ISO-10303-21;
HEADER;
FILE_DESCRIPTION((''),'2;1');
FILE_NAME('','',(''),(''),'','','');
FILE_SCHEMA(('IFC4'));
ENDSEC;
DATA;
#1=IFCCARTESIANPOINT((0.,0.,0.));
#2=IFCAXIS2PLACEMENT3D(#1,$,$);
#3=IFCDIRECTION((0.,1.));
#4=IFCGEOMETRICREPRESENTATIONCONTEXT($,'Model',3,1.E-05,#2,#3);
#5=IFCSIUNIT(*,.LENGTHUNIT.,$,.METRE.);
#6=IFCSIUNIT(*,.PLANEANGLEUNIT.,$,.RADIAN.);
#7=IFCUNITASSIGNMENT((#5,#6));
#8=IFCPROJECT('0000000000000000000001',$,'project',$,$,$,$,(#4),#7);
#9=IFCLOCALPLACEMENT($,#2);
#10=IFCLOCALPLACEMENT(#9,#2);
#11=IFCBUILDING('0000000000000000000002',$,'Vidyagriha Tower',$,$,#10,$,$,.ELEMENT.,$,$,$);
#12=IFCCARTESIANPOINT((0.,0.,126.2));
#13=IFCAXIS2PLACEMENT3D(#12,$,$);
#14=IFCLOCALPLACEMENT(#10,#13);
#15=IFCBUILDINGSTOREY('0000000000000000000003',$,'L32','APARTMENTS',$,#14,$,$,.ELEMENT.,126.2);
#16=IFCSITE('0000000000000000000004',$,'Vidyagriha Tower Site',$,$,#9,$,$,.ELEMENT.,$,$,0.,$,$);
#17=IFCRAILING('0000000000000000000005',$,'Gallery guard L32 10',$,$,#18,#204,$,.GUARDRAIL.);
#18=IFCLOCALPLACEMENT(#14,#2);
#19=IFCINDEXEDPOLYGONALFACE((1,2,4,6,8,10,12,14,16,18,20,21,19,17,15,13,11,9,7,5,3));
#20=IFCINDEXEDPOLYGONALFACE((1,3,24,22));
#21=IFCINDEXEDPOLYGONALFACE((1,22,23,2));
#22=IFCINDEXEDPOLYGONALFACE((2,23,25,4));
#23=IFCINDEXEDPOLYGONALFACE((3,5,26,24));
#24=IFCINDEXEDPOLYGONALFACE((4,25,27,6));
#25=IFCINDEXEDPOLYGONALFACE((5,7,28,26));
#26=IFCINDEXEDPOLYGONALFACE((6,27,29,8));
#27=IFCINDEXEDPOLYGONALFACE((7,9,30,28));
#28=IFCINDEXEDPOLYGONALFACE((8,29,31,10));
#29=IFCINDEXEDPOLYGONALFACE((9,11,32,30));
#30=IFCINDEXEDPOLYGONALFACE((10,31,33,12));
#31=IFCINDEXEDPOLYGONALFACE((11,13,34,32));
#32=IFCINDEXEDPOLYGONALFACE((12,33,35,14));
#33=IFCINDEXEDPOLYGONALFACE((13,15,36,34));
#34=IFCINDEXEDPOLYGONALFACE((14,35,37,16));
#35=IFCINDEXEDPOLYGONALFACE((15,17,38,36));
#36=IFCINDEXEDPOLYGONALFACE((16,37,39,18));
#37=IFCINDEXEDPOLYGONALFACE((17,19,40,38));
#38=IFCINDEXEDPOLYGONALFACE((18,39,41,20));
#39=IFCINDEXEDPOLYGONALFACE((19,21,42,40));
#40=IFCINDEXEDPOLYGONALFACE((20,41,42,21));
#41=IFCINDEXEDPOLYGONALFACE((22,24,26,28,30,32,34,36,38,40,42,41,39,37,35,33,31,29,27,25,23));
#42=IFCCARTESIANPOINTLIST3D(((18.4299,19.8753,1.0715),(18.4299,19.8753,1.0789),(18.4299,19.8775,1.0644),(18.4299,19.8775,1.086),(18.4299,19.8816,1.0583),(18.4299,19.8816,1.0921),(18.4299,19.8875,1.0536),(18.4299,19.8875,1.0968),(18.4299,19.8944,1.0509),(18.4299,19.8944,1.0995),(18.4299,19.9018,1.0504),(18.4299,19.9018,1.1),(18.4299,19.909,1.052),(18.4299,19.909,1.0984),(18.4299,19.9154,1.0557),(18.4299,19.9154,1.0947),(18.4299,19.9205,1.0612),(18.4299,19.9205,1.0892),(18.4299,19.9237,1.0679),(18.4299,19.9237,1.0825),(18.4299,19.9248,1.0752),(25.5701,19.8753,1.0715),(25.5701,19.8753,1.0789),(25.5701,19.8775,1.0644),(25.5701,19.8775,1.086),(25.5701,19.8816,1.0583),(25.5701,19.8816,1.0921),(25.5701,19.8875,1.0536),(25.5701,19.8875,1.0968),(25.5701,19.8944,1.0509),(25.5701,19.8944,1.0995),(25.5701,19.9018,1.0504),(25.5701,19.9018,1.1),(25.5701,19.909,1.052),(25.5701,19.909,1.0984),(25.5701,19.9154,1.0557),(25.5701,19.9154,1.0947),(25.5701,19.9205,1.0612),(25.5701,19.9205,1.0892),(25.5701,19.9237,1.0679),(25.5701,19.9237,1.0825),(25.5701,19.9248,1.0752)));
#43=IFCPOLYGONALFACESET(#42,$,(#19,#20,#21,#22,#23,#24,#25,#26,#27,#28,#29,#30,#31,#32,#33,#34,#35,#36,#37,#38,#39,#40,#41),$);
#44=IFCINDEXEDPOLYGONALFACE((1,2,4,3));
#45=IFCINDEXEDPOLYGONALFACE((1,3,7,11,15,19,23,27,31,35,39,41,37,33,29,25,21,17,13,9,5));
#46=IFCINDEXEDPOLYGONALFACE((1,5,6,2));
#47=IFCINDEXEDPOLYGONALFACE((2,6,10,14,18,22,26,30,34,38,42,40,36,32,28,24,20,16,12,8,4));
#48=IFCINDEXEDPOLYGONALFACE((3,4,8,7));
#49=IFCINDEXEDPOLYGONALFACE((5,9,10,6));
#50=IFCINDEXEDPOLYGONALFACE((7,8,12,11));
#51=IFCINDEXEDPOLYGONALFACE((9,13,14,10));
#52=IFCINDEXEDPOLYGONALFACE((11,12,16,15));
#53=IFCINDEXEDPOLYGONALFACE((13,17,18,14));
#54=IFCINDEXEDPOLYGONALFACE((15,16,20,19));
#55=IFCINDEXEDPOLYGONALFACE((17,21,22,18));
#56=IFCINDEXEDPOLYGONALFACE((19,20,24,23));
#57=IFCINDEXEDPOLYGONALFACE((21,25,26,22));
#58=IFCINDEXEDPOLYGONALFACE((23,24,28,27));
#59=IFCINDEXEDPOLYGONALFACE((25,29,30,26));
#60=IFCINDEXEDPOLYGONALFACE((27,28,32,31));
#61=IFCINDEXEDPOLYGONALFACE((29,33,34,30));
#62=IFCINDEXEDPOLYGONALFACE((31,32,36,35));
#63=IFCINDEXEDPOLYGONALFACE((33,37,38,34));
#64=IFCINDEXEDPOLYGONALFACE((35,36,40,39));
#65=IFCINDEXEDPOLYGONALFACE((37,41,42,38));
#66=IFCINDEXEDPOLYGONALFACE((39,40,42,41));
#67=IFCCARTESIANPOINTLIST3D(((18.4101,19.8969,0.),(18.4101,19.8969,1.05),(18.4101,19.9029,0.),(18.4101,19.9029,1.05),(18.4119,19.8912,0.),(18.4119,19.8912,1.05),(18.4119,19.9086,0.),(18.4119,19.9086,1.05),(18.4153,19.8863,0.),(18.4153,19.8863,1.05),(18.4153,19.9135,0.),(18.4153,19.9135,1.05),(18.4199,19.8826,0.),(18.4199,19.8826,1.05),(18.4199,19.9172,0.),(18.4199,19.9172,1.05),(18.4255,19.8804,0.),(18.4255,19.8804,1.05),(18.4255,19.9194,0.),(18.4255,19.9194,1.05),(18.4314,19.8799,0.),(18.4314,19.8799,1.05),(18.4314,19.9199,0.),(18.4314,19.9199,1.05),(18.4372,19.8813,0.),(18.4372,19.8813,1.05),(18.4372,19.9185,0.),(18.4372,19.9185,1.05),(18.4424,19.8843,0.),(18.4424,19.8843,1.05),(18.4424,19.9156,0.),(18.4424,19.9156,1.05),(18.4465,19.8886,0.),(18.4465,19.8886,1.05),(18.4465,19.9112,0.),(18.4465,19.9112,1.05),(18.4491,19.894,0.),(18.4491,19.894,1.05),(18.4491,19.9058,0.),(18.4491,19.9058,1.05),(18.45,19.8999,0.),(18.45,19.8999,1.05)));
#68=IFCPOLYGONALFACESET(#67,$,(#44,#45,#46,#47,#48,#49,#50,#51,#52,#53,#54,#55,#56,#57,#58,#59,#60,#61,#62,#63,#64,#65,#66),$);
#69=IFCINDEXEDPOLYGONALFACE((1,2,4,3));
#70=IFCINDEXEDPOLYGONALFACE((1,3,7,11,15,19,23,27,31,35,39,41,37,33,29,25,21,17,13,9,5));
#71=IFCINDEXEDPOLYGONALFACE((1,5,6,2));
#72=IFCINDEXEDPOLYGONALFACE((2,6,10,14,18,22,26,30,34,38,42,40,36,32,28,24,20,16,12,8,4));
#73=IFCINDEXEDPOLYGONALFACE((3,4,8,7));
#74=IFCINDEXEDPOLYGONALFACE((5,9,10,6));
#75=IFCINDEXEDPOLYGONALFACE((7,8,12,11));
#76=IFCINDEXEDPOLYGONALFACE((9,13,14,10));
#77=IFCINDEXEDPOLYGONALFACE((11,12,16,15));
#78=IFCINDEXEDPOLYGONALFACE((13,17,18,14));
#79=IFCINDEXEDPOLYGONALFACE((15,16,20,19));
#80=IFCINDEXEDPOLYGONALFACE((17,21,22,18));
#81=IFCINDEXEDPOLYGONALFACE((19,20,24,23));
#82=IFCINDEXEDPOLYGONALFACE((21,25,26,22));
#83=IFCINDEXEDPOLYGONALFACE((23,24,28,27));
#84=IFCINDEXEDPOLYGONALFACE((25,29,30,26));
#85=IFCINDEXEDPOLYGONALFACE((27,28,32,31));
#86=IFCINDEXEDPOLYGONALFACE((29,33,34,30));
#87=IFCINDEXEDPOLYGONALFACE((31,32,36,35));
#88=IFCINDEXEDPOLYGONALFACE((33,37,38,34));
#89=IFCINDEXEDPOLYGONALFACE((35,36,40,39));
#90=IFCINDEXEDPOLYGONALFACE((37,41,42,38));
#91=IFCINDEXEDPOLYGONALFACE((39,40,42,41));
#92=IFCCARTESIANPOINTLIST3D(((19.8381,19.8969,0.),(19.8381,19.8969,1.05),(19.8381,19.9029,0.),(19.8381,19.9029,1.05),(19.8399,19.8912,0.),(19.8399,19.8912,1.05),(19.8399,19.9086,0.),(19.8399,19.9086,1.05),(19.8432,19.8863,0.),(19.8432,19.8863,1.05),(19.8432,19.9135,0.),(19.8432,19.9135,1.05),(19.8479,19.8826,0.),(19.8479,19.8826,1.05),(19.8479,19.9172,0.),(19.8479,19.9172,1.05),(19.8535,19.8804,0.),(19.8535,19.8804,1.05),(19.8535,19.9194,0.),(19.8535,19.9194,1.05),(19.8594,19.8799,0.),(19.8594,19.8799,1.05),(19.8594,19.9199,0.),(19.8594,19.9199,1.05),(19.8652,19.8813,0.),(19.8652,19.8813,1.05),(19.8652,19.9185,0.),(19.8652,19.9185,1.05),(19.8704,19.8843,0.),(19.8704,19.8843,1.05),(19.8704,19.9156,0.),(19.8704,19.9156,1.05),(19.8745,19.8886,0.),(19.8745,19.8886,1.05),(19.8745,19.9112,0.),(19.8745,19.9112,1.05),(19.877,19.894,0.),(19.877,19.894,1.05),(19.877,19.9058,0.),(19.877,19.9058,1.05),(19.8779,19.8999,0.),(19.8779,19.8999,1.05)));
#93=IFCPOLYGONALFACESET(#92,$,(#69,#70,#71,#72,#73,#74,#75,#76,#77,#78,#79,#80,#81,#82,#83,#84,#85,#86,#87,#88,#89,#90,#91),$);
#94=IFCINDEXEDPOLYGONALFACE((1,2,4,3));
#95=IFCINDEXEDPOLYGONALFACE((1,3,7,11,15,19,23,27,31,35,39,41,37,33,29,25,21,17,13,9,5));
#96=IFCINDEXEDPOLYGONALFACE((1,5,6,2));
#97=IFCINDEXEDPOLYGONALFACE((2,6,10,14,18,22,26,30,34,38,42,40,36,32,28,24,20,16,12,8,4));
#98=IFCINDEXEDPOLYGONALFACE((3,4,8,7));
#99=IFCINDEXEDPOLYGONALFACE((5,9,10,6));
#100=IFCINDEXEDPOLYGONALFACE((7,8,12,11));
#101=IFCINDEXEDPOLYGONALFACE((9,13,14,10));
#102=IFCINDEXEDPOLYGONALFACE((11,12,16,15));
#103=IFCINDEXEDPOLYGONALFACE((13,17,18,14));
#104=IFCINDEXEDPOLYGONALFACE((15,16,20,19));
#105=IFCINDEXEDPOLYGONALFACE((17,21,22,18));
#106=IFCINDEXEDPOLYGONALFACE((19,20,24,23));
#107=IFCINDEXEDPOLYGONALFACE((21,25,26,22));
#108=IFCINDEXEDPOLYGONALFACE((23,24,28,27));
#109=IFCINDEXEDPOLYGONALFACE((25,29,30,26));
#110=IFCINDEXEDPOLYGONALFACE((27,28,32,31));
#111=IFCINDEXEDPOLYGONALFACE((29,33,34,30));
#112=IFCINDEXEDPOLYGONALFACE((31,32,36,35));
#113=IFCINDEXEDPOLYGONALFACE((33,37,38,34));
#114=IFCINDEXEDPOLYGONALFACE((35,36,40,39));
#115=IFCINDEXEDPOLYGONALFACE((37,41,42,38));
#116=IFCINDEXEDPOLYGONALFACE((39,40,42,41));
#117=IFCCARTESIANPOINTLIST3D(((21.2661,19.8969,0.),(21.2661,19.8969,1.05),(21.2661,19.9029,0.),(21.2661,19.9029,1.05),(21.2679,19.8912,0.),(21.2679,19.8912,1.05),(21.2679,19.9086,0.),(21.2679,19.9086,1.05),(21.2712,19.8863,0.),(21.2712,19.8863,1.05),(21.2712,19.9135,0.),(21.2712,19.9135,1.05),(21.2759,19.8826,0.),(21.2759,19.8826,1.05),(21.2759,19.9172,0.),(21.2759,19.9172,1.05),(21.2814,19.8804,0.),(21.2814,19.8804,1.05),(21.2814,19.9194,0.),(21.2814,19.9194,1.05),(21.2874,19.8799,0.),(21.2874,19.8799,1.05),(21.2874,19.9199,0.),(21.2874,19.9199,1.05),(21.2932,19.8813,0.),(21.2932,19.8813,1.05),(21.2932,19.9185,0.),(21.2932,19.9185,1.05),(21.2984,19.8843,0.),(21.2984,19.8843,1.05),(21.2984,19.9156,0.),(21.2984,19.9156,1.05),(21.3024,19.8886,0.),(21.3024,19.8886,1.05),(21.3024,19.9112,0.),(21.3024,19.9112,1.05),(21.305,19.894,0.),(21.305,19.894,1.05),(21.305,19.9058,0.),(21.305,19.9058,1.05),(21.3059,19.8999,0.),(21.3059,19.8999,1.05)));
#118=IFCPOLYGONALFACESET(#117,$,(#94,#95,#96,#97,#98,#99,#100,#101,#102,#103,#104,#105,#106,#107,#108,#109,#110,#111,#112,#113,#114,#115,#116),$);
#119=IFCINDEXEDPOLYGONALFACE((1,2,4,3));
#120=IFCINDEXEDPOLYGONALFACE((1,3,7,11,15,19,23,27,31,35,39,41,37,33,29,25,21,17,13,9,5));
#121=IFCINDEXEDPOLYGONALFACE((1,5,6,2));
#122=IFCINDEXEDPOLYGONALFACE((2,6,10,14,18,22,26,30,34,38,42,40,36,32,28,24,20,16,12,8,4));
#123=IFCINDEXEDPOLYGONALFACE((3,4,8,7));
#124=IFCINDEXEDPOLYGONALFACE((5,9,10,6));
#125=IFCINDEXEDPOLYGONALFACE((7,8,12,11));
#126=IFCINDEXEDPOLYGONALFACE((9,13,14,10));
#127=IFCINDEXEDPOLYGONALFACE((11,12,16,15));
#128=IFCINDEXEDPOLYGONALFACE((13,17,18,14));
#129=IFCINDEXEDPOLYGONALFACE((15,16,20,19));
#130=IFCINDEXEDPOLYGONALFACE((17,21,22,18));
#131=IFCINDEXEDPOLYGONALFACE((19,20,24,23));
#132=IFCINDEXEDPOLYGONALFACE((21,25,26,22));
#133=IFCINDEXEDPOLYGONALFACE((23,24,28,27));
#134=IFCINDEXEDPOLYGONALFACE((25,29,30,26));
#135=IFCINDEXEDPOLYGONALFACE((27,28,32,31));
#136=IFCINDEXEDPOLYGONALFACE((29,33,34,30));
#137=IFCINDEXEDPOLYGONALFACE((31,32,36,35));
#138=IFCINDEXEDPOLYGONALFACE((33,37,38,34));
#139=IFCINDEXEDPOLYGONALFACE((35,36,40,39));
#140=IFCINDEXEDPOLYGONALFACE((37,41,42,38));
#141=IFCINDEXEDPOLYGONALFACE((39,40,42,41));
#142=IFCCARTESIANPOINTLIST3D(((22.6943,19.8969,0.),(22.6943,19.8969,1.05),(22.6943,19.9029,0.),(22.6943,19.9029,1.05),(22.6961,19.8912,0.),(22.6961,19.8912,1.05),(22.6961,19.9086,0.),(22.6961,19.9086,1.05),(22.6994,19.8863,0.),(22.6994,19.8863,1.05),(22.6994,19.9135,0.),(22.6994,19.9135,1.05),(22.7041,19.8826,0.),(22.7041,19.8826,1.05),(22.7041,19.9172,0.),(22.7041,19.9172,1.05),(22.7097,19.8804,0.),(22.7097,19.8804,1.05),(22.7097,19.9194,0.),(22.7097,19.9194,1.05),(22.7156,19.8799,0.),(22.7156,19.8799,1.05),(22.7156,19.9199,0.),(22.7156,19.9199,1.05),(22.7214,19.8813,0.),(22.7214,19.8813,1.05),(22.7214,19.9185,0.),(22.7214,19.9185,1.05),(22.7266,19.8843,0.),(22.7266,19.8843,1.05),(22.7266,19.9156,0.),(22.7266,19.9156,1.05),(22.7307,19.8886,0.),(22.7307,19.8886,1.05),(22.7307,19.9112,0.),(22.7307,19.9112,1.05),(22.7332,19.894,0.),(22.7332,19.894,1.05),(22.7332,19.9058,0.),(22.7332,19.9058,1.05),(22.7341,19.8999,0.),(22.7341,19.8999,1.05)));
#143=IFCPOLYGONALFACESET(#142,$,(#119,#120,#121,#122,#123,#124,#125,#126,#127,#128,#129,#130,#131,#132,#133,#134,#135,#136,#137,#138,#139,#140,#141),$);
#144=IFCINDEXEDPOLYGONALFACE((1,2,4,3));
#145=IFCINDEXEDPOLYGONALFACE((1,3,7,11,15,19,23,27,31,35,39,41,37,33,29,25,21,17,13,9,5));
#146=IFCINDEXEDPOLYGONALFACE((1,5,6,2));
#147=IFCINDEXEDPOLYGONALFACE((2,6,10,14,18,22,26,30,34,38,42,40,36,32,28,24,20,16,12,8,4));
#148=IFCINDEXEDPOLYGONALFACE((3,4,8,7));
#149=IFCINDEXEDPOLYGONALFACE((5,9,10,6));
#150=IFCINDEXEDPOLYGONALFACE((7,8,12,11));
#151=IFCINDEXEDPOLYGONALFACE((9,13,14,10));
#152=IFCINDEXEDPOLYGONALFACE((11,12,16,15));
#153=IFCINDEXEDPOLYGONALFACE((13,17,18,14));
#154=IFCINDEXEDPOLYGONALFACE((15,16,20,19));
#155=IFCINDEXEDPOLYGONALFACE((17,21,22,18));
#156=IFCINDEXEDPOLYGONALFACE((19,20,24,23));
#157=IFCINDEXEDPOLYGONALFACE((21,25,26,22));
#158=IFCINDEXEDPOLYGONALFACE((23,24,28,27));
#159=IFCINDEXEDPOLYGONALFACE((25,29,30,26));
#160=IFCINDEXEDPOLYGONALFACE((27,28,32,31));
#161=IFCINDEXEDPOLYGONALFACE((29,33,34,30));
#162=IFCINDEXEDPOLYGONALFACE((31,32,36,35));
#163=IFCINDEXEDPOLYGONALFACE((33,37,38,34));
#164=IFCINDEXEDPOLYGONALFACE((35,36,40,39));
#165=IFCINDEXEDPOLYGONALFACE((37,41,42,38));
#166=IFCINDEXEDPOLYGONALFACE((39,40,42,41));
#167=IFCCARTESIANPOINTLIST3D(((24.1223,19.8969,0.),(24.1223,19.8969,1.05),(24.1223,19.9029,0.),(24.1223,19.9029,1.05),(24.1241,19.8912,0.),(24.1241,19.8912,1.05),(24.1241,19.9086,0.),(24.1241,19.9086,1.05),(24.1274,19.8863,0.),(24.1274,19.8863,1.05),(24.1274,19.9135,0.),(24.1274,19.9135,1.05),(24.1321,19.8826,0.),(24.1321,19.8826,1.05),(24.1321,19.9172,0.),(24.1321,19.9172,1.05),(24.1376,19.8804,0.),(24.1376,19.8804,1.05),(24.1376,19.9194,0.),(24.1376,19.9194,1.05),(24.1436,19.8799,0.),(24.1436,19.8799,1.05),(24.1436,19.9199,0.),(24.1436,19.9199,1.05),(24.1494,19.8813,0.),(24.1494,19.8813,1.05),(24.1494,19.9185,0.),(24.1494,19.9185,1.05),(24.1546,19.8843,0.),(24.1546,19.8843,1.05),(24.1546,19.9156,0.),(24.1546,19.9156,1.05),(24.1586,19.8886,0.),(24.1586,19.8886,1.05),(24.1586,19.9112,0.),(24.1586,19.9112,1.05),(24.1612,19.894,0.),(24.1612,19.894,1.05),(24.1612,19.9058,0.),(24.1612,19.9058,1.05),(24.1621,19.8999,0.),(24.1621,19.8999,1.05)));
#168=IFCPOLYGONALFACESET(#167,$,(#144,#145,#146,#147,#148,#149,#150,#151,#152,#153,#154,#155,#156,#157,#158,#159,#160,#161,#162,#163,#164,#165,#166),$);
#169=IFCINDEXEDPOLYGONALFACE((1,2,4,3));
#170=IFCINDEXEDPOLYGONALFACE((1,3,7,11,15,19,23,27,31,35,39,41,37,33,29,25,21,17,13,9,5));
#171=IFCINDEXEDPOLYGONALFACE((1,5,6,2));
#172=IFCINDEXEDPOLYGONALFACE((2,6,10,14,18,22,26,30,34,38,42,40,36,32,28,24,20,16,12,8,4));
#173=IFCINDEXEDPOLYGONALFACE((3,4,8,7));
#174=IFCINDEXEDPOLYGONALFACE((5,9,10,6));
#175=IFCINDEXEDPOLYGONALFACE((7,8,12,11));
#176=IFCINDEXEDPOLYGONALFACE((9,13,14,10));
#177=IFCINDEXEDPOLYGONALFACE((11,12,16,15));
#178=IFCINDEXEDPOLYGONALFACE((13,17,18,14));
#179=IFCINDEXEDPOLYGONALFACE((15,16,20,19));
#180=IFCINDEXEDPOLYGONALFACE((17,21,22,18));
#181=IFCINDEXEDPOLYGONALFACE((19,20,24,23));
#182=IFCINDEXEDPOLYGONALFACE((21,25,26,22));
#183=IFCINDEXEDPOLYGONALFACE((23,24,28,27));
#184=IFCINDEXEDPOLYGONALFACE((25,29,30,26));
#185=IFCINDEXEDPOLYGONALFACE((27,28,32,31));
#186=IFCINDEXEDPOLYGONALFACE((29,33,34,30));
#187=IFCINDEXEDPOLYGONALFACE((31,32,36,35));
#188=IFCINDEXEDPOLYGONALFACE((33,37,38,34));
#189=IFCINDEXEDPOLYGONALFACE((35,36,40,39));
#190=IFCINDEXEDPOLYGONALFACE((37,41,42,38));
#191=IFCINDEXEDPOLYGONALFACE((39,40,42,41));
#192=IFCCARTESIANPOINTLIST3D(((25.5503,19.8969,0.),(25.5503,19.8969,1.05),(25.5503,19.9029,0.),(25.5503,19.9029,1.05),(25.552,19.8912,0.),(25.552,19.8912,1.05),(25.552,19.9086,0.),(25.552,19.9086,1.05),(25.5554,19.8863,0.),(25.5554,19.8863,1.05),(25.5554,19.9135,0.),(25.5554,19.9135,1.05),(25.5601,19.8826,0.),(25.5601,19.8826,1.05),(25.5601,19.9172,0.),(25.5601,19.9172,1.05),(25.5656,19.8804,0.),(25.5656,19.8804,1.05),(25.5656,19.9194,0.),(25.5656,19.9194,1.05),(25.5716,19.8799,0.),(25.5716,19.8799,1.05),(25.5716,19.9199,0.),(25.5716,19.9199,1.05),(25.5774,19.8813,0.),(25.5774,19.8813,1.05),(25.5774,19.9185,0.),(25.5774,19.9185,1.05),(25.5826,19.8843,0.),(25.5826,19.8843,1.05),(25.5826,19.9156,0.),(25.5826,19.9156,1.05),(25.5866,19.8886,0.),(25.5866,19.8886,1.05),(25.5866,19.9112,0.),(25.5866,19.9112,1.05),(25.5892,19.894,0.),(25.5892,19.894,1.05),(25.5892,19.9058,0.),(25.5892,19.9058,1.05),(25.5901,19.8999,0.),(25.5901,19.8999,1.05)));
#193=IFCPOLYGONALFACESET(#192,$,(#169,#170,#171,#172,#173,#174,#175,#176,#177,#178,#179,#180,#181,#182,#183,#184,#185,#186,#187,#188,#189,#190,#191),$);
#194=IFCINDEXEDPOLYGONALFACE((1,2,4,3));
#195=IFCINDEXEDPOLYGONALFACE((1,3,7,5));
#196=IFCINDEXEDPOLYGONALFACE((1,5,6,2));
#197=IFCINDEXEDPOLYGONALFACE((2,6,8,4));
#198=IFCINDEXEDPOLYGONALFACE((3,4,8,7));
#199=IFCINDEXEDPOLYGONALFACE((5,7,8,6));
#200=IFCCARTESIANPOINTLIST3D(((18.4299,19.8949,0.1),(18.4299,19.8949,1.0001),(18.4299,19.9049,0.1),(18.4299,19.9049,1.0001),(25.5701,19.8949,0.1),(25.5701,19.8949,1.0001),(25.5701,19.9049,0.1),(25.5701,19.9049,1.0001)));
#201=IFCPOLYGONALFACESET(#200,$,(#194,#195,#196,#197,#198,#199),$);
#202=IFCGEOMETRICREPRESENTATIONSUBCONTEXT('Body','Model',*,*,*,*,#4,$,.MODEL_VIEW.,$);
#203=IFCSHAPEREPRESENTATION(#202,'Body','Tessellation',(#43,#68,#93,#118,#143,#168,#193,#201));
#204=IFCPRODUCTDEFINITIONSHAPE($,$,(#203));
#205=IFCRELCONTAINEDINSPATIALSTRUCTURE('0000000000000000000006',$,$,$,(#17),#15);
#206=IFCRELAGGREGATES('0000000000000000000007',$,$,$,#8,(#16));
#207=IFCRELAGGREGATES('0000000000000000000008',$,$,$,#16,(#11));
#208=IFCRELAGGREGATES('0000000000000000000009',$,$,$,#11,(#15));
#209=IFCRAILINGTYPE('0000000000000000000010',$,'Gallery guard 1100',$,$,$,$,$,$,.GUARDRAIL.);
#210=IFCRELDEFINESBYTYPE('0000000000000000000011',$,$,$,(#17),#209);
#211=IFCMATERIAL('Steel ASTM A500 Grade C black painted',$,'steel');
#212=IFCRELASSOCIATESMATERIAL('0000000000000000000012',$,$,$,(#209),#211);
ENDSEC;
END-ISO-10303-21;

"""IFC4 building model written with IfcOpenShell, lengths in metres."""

from ifc_helpers import new_model, si_unit, direction, frame, origin, origin_2d, place, context, subcontext, project, spatial, rectangle, circle, extrude, material, type_object, element, save


model = new_model("IFC4")

# Units and contexts
model_context = context("Model", 3, precision=1e-05, world=origin(), true_north=direction((0.0, 1.0)))
body_context = subcontext(model_context, "Body", "Model", "MODEL_VIEW")
ifc_project = project(units=[si_unit("LENGTHUNIT", "METRE"), si_unit("PLANEANGLEUNIT", "RADIAN")], contexts=[model_context])

# Site, building, storey
site_placement = place(None, origin())
site = spatial("IfcSite", under=ifc_project, at=site_placement, Name="Vidyagriha Tower Site", CompositionType="ELEMENT", RefElevation=0.0)
building_placement = place(site_placement, origin())
building = spatial("IfcBuilding", under=site, at=building_placement, Name="Vidyagriha Tower", CompositionType="ELEMENT")
storey_placement = place(building_placement, frame((0.0, 0.0, 126.2)))
storey = spatial("IfcBuildingStorey", under=building, at=storey_placement, Name="L32", Description="APARTMENTS", CompositionType="ELEMENT", Elevation=126.2)

# Railing
ifc_material_1 = material(Name="Steel ASTM A500 Grade C black painted", Category="steel")
railing_type = type_object("IfcRailingType", Name="Gallery guard 1100", PredefinedType="GUARDRAIL", material=ifc_material_1)
railing_1_placement = place(storey_placement, frame((18.4299, 19.8999, 0.0)))
element("IfcRailing", 1, at=railing_1_placement, inside=storey, type_object=railing_type, Name="Gallery guard L32 10", PredefinedType="GUARDRAIL", context=body_context, shape_type="SweptSolid", body=[
    extrude(circle(Radius=0.0249, at=origin_2d()), frame((0.0, 0.0, 1.0752), z_axis=(1.0, 0.0, 0.0), x_axis=(0.0, 1.0, 0.0)), (0.0, 0.0, 1.0), 7.1401),
    extrude(circle(Radius=0.02, at=origin_2d()), origin(), (0.0, 0.0, 1.0), 1.05),
    extrude(circle(Radius=0.02, at=origin_2d()), frame((1.428, 0.0, 0.0)), (0.0, 0.0, 1.0), 1.05),
    extrude(circle(Radius=0.02, at=origin_2d()), frame((2.856, 0.0, 0.0)), (0.0, 0.0, 1.0), 1.05),
    extrude(circle(Radius=0.02, at=origin_2d()), frame((4.2842, 0.0, 0.0)), (0.0, 0.0, 1.0), 1.05),
    extrude(circle(Radius=0.02, at=origin_2d()), frame((5.7122, 0.0, 0.0)), (0.0, 0.0, 1.0), 1.05),
    extrude(circle(Radius=0.02, at=origin_2d()), frame((7.1401, 0.0, 0.0)), (0.0, 0.0, 1.0), 1.05),
    extrude(rectangle(XDim=0.01, YDim=0.9001, at=origin_2d()), frame((0.0, 0.0, 0.55), z_axis=(1.0, 0.0, 0.0), x_axis=(0.0, 1.0, 0.0)), (0.0, 0.0, 1.0), 7.1401),
])

save(model, "model.ifc")
